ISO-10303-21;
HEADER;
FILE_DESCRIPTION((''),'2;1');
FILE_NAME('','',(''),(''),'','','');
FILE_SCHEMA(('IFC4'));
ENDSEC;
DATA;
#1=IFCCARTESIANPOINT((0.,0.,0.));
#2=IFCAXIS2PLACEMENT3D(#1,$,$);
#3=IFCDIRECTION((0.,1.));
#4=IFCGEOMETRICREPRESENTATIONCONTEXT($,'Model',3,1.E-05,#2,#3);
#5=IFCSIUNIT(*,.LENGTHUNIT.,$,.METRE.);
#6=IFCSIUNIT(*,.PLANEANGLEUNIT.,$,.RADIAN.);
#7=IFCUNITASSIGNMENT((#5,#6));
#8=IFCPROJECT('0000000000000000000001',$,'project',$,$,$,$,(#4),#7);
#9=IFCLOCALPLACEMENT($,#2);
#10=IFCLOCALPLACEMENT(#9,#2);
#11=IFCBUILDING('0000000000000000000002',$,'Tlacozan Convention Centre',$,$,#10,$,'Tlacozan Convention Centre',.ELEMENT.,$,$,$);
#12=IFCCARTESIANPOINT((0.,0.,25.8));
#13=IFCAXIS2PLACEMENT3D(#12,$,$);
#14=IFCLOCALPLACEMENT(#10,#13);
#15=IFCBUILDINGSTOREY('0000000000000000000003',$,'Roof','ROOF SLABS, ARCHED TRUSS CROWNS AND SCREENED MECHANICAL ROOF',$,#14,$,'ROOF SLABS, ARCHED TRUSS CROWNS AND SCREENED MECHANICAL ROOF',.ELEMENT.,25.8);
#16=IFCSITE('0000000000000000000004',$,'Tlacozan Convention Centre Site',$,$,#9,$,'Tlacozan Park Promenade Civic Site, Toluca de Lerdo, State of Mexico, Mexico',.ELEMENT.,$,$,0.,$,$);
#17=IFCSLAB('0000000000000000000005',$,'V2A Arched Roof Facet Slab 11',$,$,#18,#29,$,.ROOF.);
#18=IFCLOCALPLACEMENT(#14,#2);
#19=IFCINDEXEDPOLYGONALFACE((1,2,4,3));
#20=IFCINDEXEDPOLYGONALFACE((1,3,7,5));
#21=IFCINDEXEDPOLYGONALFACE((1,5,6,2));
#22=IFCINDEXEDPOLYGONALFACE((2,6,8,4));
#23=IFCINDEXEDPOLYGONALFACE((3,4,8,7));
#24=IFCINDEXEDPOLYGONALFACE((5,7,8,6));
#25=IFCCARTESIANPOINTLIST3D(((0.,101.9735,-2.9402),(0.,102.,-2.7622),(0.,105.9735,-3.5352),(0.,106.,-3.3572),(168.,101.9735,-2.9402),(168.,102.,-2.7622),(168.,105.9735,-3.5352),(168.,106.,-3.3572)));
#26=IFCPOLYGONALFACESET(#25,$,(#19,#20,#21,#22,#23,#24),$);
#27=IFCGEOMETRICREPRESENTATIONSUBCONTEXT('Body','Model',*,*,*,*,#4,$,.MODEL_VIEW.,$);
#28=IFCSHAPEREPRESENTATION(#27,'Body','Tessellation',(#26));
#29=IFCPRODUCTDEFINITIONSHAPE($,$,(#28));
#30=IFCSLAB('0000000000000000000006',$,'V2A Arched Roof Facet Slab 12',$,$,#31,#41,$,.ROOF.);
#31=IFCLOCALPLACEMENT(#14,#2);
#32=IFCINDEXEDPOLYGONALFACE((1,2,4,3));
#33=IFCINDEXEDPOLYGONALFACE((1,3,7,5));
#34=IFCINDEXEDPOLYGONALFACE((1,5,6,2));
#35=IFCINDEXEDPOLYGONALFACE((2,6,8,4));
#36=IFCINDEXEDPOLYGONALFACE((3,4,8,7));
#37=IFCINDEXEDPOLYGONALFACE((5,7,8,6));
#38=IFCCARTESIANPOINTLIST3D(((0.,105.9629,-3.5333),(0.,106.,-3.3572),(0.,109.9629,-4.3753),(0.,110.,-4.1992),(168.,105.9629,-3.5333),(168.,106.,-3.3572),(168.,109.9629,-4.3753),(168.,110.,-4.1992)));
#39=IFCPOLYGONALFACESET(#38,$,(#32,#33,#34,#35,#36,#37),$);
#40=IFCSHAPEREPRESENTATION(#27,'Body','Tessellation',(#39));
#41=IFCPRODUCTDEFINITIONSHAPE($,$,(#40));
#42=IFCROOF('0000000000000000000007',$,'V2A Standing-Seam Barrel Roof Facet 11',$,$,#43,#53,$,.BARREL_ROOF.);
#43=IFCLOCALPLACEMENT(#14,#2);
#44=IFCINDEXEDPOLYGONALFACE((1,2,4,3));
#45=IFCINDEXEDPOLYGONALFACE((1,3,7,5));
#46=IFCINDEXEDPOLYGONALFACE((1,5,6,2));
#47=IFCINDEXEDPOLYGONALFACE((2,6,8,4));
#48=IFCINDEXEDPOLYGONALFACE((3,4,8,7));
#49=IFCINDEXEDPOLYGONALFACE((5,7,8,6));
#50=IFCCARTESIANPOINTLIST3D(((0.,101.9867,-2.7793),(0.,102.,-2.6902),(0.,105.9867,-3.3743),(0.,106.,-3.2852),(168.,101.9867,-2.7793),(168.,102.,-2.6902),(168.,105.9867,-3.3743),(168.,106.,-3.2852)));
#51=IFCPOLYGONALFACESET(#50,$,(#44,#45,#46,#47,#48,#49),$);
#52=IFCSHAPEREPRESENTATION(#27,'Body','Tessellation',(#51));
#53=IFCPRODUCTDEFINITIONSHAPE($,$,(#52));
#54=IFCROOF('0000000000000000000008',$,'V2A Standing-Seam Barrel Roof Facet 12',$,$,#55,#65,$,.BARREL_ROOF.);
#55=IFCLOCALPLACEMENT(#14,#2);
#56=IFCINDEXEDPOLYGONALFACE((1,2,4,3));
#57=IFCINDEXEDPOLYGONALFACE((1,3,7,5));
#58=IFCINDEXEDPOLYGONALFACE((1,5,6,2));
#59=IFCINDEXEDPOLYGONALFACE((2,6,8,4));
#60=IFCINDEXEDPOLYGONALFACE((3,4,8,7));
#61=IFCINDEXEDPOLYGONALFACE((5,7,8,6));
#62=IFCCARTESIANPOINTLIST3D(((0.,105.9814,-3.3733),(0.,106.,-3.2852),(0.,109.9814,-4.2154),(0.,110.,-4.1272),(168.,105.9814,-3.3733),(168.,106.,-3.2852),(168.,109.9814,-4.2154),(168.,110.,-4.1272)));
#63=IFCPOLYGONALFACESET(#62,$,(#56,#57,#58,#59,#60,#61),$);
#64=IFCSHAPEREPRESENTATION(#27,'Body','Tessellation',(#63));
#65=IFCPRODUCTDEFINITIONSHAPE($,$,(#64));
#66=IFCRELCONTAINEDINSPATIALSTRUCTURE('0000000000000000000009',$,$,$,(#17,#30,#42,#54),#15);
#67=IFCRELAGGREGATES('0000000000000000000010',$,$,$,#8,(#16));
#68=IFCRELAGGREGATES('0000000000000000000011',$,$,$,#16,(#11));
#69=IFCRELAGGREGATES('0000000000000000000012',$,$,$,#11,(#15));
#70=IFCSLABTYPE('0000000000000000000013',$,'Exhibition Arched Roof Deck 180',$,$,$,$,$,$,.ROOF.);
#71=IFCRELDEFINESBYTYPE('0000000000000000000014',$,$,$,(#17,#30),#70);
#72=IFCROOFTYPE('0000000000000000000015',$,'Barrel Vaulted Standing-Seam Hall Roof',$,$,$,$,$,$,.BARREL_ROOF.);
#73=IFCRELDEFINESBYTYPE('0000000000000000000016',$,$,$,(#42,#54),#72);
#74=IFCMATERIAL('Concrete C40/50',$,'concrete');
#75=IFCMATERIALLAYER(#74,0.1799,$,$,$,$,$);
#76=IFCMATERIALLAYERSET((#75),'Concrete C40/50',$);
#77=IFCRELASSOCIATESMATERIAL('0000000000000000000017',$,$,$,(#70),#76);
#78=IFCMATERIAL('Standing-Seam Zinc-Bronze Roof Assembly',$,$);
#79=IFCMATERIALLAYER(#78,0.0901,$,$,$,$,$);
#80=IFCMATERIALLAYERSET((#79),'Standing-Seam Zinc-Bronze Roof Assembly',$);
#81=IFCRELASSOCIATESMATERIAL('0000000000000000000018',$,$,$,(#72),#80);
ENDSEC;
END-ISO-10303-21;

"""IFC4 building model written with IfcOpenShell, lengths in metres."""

from ifc_helpers import new_model, si_unit, direction, frame, origin, place, context, subcontext, project, spatial, polyline, outline, extrude, material, layer, layer_set, type_object, element, save


model = new_model("IFC4")

# Units and contexts
model_context = context("Model", 3, precision=1e-05, world=origin(), true_north=direction((0.0, 1.0)))
body_context = subcontext(model_context, "Body", "Model", "MODEL_VIEW")
ifc_project = project(units=[si_unit("LENGTHUNIT", "METRE"), si_unit("PLANEANGLEUNIT", "RADIAN")], contexts=[model_context])

# Site, building, storey
site_placement = place(None, origin())
site = spatial("IfcSite", under=ifc_project, at=site_placement, Name="Tlacozan Convention Centre Site", LongName="Tlacozan Park Promenade Civic Site, Toluca de Lerdo, State of Mexico, Mexico", CompositionType="ELEMENT", RefElevation=0.0)
building_placement = place(site_placement, origin())
building = spatial("IfcBuilding", under=site, at=building_placement, Name="Tlacozan Convention Centre", LongName="Tlacozan Convention Centre", CompositionType="ELEMENT")
storey_placement = place(building_placement, frame((0.0, 0.0, 25.8)))
storey = spatial("IfcBuildingStorey", under=building, at=storey_placement, Name="Roof", Description="ROOF SLABS, ARCHED TRUSS CROWNS AND SCREENED MECHANICAL ROOF", LongName="ROOF SLABS, ARCHED TRUSS CROWNS AND SCREENED MECHANICAL ROOF", CompositionType="ELEMENT", Elevation=25.8)

# Slabs
ifc_material_1 = material(Name="Concrete C40/50", Category="concrete")
ifc_layer_1 = layer(ifc_material_1, 0.1799)
ifc_layer_set_1 = layer_set([ifc_layer_1], Name="Concrete C40/50")
slab_type = type_object("IfcSlabType", Name="Exhibition Arched Roof Deck 180", PredefinedType="ROOF", material=ifc_layer_set_1)
slab_1_placement = place(storey_placement, frame((0.0, 102.0, -2.7622), z_axis=(0.0, 0.147124, 0.989118), x_axis=(1.0, 0.0, 0.0)))
element("IfcSlab", 1, at=slab_1_placement, inside=storey, type_object=slab_type, Name="V2A Arched Roof Facet Slab 11", PredefinedType="ROOF", context=body_context, shape_type="SweptSolid", body=[
    extrude(outline(polyline([(0.0, 0.0), (168.0, 0.0), (168.0, 4.044), (0.0, 4.044), (0.0, 0.0)])), origin(), (0.0, 0.0, -1.0), 0.1799),
])
slab_2_placement = place(storey_placement, frame((0.0, 106.0, -3.3572), z_axis=(0.0, 0.205995, 0.978553), x_axis=(1.0, 0.0, 0.0)))
element("IfcSlab", 2, at=slab_2_placement, inside=storey, type_object=slab_type, Name="V2A Arched Roof Facet Slab 12", PredefinedType="ROOF", context=body_context, shape_type="SweptSolid", body=[
    extrude(outline(polyline([(0.0, 0.0), (168.0, 0.0), (168.0, 4.0877), (0.0, 4.0877), (0.0, 0.0)])), origin(), (0.0, 0.0, -1.0), 0.1799),
])

# Roofs
ifc_material_2 = material(Name="Standing-Seam Zinc-Bronze Roof Assembly")
ifc_layer_2 = layer(ifc_material_2, 0.0901)
ifc_layer_set_2 = layer_set([ifc_layer_2], Name="Standing-Seam Zinc-Bronze Roof Assembly")
roof_type = type_object("IfcRoofType", Name="Barrel Vaulted Standing-Seam Hall Roof", PredefinedType="BARREL_ROOF", material=ifc_layer_set_2)
roof_1_placement = place(storey_placement, frame((0.0, 102.0, -2.6902), z_axis=(0.0, 0.147124, 0.989118), x_axis=(1.0, 0.0, 0.0)))
element("IfcRoof", 3, at=roof_1_placement, inside=storey, type_object=roof_type, Name="V2A Standing-Seam Barrel Roof Facet 11", PredefinedType="BARREL_ROOF", context=body_context, shape_type="SweptSolid", body=[
    extrude(outline(polyline([(0.0, 0.0), (168.0, 0.0), (168.0, 4.044), (0.0, 4.044), (0.0, 0.0)])), origin(), (0.0, 0.0, -1.0), 0.0901),
])
roof_2_placement = place(storey_placement, frame((0.0, 106.0, -3.2852), z_axis=(0.0, 0.205995, 0.978553), x_axis=(1.0, 0.0, 0.0)))
element("IfcRoof", 4, at=roof_2_placement, inside=storey, type_object=roof_type, Name="V2A Standing-Seam Barrel Roof Facet 12", PredefinedType="BARREL_ROOF", context=body_context, shape_type="SweptSolid", body=[
    extrude(outline(polyline([(0.0, 0.0), (168.0, 0.0), (168.0, 4.0877), (0.0, 4.0877), (0.0, 0.0)])), origin(), (0.0, 0.0, -1.0), 0.0901),
])

save(model, "model.ifc")
